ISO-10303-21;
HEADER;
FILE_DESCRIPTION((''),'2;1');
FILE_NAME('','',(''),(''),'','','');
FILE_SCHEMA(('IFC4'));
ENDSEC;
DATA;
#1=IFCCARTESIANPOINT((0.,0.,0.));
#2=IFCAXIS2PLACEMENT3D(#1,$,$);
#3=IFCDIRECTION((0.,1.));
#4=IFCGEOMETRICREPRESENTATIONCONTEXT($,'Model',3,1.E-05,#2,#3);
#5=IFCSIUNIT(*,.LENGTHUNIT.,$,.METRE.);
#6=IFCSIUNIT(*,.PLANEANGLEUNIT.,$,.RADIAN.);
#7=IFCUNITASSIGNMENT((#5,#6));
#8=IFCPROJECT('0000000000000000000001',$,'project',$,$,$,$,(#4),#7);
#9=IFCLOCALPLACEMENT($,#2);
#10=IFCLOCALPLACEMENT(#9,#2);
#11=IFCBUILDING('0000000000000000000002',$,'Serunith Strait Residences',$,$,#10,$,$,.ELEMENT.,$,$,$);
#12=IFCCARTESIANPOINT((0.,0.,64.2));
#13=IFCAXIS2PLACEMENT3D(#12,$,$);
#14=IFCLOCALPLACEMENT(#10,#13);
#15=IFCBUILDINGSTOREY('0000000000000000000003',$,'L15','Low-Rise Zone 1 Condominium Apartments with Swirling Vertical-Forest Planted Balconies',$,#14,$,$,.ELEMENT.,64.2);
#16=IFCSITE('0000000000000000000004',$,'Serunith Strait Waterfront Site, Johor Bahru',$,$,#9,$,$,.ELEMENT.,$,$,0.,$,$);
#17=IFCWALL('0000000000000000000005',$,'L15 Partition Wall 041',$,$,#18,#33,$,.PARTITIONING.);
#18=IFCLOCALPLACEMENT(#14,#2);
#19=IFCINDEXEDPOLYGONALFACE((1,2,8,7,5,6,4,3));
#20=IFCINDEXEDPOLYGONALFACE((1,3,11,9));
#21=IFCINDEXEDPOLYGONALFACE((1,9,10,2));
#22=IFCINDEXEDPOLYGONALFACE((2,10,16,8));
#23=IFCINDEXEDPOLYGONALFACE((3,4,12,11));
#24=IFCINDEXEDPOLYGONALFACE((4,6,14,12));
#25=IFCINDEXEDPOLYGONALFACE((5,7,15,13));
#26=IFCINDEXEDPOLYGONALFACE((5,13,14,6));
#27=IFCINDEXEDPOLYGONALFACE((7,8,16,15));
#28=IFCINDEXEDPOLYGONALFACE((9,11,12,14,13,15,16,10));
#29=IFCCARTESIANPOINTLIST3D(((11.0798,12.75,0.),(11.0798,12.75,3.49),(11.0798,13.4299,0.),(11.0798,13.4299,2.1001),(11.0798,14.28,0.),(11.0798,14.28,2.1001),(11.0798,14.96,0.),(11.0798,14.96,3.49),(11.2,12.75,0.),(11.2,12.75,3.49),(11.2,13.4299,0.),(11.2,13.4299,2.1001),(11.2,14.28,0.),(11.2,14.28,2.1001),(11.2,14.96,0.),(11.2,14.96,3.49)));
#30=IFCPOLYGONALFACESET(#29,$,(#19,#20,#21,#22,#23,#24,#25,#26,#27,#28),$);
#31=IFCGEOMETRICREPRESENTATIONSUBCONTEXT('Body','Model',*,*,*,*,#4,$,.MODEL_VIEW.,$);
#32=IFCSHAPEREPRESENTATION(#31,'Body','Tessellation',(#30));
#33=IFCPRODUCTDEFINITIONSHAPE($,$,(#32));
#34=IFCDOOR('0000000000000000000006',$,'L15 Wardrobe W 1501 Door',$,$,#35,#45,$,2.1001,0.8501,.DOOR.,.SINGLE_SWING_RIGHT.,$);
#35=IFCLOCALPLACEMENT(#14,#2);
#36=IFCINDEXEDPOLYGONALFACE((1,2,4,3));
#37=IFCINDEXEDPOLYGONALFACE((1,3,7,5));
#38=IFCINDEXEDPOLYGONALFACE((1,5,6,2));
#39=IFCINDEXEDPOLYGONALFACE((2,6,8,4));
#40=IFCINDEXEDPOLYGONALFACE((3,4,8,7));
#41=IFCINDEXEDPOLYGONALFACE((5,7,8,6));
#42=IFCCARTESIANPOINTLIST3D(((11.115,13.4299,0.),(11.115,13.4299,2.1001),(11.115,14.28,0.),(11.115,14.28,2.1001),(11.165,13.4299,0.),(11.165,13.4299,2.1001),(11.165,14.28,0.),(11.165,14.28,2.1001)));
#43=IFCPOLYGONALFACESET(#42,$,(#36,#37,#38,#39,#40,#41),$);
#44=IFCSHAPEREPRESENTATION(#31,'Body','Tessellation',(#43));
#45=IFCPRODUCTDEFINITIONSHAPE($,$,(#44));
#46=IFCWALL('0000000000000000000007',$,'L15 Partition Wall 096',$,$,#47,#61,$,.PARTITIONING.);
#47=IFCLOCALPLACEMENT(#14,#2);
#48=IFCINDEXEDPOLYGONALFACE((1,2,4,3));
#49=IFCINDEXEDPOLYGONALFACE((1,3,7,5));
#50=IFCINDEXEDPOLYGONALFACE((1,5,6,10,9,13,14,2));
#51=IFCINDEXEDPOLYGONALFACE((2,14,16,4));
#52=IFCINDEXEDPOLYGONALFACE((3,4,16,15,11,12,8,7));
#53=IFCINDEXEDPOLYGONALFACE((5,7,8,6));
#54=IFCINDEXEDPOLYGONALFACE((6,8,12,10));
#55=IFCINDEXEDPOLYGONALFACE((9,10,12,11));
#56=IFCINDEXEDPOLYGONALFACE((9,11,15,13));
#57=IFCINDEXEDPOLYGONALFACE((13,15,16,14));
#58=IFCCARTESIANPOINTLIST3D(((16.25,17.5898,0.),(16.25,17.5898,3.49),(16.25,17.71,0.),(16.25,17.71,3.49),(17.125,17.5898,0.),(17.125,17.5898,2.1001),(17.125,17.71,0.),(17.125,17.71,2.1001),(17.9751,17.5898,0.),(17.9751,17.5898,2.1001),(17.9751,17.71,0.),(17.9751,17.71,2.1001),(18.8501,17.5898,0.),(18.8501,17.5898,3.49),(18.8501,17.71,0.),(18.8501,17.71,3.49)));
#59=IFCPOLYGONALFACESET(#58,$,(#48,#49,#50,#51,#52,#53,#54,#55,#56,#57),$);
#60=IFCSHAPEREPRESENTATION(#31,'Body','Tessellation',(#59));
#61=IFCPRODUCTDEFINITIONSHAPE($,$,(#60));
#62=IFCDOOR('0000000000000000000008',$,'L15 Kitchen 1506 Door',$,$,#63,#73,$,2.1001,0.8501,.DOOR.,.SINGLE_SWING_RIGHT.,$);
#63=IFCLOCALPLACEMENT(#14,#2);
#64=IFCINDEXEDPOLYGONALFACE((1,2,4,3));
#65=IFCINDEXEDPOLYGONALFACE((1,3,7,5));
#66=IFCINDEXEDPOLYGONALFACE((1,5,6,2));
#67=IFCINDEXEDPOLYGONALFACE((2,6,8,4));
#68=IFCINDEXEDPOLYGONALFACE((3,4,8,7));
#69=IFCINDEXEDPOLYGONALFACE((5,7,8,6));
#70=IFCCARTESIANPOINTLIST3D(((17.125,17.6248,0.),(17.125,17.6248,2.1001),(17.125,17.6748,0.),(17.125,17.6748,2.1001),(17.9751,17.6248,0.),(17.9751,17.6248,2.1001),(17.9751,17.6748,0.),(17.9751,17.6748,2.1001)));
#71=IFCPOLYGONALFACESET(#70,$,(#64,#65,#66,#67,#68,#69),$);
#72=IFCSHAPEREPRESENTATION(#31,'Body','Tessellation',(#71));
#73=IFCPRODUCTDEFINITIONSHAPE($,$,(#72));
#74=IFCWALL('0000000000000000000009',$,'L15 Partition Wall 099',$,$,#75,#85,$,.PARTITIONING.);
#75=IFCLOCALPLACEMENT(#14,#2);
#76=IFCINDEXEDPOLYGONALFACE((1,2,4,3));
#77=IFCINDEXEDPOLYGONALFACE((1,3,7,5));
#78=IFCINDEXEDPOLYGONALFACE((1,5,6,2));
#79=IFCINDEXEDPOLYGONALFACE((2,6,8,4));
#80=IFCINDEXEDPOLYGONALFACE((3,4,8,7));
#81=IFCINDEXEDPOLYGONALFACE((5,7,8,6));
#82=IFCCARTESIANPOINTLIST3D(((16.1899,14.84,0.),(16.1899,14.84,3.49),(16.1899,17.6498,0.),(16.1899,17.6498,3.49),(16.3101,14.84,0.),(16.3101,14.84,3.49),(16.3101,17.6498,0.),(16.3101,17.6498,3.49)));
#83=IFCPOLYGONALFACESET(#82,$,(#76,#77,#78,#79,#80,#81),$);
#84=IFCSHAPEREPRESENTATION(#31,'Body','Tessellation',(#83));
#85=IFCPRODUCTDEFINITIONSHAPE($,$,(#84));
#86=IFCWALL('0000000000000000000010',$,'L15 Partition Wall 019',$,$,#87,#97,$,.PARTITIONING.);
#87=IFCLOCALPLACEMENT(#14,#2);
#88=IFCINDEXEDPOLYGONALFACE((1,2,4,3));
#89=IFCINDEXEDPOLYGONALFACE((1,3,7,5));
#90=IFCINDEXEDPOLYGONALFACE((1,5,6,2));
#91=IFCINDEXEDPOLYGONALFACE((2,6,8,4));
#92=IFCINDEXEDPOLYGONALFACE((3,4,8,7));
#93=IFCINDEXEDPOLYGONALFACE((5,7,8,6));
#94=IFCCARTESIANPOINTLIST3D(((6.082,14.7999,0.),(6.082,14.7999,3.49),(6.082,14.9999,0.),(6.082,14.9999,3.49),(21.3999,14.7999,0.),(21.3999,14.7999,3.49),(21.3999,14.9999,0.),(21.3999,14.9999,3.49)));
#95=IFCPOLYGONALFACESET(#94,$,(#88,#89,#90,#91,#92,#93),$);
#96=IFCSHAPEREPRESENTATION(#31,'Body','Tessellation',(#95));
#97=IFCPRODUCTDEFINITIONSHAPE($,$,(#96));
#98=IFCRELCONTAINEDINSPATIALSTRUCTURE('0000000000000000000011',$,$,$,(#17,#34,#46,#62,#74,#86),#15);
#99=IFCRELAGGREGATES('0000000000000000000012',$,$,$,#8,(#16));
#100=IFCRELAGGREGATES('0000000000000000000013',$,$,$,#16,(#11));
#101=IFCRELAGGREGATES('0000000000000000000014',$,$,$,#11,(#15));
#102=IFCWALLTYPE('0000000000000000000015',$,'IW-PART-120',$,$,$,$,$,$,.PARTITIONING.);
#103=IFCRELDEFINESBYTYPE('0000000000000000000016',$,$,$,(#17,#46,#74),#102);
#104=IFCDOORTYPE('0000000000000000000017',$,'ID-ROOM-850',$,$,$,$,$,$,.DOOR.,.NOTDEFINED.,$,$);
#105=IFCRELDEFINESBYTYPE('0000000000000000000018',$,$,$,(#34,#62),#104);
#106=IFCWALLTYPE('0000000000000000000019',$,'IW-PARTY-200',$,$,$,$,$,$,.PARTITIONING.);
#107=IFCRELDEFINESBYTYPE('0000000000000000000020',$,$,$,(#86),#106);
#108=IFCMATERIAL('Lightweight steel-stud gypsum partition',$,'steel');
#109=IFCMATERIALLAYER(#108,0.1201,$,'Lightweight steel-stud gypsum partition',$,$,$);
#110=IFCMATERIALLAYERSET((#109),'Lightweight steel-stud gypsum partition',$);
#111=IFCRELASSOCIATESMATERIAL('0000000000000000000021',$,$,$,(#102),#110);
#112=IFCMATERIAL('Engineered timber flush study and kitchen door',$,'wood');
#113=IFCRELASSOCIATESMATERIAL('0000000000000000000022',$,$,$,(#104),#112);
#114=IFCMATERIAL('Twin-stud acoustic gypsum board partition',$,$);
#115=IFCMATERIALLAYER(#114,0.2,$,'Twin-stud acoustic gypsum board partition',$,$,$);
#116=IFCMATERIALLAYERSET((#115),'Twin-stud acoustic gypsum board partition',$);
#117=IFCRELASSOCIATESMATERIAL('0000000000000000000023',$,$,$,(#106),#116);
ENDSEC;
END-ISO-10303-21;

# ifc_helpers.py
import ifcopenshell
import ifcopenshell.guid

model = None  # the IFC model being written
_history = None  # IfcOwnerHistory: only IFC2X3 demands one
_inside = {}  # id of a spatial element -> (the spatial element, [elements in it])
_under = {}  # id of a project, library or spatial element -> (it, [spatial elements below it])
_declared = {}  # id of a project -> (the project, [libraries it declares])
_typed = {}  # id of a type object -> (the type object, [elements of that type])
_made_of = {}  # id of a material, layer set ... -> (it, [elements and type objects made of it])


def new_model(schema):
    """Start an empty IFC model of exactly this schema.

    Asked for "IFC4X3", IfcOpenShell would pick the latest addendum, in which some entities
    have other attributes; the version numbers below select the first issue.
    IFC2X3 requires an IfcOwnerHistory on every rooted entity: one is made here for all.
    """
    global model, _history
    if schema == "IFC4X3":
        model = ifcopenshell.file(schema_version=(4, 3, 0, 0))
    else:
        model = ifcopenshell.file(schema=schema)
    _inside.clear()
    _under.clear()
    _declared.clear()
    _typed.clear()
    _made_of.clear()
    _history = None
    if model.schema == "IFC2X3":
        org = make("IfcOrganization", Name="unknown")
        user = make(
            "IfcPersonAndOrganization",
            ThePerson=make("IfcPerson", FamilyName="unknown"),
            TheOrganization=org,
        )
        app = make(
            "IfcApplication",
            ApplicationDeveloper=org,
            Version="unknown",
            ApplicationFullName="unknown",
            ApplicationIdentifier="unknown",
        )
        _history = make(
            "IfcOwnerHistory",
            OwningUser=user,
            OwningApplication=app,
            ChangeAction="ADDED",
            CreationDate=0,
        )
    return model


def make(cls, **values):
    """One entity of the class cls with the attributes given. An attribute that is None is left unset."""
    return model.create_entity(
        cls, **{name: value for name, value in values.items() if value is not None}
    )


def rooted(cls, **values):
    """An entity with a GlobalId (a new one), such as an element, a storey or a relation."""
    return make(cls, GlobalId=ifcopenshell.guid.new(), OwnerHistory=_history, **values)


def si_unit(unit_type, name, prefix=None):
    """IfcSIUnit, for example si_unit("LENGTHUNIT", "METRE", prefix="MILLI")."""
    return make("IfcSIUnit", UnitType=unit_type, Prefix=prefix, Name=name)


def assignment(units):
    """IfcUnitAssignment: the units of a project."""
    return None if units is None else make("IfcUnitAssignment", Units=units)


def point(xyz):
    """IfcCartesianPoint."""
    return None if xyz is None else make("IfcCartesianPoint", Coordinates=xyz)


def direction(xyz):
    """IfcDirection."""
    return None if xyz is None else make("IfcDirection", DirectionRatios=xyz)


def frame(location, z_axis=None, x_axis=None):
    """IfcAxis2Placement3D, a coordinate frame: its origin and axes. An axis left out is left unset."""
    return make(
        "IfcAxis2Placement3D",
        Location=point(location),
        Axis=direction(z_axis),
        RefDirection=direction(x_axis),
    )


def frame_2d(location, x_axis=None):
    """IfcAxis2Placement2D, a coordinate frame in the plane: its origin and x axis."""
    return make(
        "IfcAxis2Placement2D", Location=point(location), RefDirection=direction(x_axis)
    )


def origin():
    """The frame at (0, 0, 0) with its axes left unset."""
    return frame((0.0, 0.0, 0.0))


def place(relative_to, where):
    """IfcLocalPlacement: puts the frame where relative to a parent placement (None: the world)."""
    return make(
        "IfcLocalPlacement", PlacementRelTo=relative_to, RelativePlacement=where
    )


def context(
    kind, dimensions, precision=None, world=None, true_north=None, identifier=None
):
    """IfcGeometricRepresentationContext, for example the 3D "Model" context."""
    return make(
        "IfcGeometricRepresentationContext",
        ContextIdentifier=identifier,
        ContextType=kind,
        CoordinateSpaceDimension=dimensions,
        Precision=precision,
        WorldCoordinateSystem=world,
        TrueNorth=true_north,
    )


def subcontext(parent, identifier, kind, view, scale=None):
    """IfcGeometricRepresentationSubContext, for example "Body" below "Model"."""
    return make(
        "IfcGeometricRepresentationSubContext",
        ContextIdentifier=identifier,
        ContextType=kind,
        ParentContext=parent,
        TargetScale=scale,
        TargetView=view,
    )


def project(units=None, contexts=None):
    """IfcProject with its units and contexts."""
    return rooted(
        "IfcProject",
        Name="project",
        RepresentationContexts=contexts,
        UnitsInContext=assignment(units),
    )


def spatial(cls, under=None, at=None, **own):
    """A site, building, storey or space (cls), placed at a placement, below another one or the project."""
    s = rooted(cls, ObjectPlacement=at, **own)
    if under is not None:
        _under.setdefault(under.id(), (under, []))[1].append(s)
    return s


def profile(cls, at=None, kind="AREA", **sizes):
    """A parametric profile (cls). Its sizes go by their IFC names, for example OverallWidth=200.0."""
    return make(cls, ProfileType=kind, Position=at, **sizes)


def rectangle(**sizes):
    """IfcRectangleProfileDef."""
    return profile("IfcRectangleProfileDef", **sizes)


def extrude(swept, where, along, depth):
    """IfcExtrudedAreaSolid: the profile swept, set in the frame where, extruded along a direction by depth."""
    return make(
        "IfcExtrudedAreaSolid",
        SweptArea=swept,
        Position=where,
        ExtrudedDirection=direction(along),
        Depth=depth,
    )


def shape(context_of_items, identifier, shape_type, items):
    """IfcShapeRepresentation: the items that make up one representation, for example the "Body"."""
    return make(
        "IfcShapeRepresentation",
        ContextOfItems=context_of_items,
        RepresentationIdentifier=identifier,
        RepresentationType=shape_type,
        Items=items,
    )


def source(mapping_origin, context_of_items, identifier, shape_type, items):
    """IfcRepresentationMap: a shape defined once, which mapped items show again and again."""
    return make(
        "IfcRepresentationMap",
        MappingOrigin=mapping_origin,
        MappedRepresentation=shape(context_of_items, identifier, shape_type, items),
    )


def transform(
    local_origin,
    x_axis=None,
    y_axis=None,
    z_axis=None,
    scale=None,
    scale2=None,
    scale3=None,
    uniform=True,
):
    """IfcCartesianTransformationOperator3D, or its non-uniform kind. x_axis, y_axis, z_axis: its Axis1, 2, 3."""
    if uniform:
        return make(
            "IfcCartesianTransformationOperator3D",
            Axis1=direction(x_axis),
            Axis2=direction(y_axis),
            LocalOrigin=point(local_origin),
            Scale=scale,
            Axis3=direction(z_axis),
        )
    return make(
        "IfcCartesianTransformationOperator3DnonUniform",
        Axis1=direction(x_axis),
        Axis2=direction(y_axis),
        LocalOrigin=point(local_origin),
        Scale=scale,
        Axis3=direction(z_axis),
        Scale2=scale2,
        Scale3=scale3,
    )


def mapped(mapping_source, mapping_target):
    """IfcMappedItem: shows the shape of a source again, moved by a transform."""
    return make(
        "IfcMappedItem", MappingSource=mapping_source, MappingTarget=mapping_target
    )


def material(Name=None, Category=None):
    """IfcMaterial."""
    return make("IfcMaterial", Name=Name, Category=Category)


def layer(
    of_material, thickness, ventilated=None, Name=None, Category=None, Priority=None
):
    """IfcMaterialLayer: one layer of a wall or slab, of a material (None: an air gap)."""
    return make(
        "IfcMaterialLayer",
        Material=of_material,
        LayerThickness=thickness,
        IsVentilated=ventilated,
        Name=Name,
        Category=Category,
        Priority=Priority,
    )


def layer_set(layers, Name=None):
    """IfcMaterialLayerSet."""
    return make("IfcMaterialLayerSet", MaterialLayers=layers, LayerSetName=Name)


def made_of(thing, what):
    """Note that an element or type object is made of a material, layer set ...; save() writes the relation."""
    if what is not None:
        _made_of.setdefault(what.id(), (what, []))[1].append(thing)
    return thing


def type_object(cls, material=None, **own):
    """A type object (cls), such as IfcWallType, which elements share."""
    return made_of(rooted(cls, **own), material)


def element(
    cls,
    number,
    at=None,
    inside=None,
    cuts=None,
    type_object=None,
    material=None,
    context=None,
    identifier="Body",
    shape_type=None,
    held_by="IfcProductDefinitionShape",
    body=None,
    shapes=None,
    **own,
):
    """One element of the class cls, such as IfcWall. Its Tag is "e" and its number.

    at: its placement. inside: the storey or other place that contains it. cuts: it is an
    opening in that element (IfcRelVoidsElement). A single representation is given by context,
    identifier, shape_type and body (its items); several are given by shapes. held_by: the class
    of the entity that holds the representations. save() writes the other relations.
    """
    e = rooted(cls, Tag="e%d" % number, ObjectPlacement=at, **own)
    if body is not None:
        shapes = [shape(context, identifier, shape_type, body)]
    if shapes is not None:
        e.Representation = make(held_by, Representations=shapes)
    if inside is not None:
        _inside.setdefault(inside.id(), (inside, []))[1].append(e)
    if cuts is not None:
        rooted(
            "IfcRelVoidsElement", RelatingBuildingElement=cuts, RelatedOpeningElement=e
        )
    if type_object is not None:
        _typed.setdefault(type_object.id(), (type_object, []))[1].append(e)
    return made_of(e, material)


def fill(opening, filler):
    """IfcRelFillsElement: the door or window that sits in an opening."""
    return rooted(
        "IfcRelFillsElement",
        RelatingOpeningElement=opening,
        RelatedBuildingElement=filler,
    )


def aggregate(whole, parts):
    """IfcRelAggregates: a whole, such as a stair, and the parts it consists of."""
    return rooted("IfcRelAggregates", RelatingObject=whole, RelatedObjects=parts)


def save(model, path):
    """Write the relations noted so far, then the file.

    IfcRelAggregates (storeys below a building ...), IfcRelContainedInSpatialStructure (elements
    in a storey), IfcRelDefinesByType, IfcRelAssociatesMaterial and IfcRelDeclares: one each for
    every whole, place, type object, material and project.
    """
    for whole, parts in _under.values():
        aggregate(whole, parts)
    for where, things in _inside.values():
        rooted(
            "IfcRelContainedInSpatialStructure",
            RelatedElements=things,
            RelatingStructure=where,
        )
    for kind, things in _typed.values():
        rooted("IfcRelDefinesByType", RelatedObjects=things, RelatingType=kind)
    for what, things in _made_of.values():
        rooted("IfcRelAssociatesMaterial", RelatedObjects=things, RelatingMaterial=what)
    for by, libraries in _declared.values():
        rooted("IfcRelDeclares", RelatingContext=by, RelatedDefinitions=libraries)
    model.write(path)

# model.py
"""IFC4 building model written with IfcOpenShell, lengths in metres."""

from ifc_helpers import new_model, si_unit, direction, frame, frame_2d, origin, place, context, subcontext, project, spatial, rectangle, extrude, source, transform, mapped, material, layer, layer_set, type_object, element, fill, save


model = new_model("IFC4")

# Units and contexts
model_context = context("Model", 3, precision=1e-05, world=origin(), true_north=direction((0.0, 1.0)))
body_context = subcontext(model_context, "Body", "Model", "MODEL_VIEW")
ifc_project = project(units=[si_unit("LENGTHUNIT", "METRE"), si_unit("PLANEANGLEUNIT", "RADIAN")], contexts=[model_context])

# Site, building, storey
site_placement = place(None, origin())
site = spatial("IfcSite", under=ifc_project, at=site_placement, Name="Serunith Strait Waterfront Site, Johor Bahru", CompositionType="ELEMENT", RefElevation=0.0)
building_placement = place(site_placement, origin())
building = spatial("IfcBuilding", under=site, at=building_placement, Name="Serunith Strait Residences", CompositionType="ELEMENT")
storey_placement = place(building_placement, frame((0.0, 0.0, 64.2)))
storey = spatial("IfcBuildingStorey", under=building, at=storey_placement, Name="L15", Description="Low-Rise Zone 1 Condominium Apartments with Swirling Vertical-Forest Planted Balconies", CompositionType="ELEMENT", Elevation=64.2)

# Shared definitions
ifc_material_1 = material(Name="Lightweight steel-stud gypsum partition", Category="steel")
ifc_layer_1 = layer(ifc_material_1, 0.1201, Name="Lightweight steel-stud gypsum partition")
ifc_layer_set_1 = layer_set([ifc_layer_1], Name="Lightweight steel-stud gypsum partition")
wall_type_1 = type_object("IfcWallType", Name="IW-PART-120", PredefinedType="PARTITIONING", material=ifc_layer_set_1)
shared_shape_1 = source(origin(), body_context, "Body", "SweptSolid", [
    extrude(rectangle(XDim=0.8501, YDim=2.1001, at=frame_2d((0.425, 1.05))), frame((0.0, 0.0249, 0.0), z_axis=(0.0, -1.0, 0.0), x_axis=(1.0, 0.0, 0.0)), (0.0, 0.0, 1.0), 0.05),
])
ifc_material_2 = material(Name="Engineered timber flush study and kitchen door", Category="wood")
door_type_1 = type_object("IfcDoorType", Name="ID-ROOM-850", OperationType="NOTDEFINED", PredefinedType="DOOR", material=ifc_material_2)

# Walls, openings, doors
wall_1_placement = place(storey_placement, frame((11.1399, 12.75, 0.0), z_axis=(0.0, 0.0, 1.0), x_axis=(0.0, 1.0, 0.0)))
wall_1 = element("IfcWall", 1, at=wall_1_placement, inside=storey, type_object=wall_type_1, Name="L15 Partition Wall 041", PredefinedType="PARTITIONING", context=body_context, shape_type="SweptSolid", body=[
    extrude(rectangle(XDim=2.21, YDim=0.1201, at=frame_2d((1.105, 0.0))), origin(), (0.0, 0.0, 1.0), 3.49),
])
opening_1_placement = place(wall_1_placement, frame((0.6799, 0.0, 0.0)))
opening_1 = element("IfcOpeningElement", 2, at=opening_1_placement, cuts=wall_1, PredefinedType="OPENING", context=body_context, shape_type="SweptSolid", body=[
    extrude(rectangle(XDim=0.8501, YDim=2.1001, at=frame_2d((0.425, 1.05))), frame((0.0, 0.0701, 0.0), z_axis=(0.0, -1.0, 0.0), x_axis=(1.0, 0.0, 0.0)), (0.0, 0.0, 1.0), 0.1401),
])
door_1_placement = place(opening_1_placement, origin())
door_1 = element("IfcDoor", 3, at=door_1_placement, inside=storey, type_object=door_type_1, Name="L15 Wardrobe W 1501 Door", OperationType="SINGLE_SWING_RIGHT", OverallHeight=2.1001, OverallWidth=0.8501, PredefinedType="DOOR", context=body_context, shape_type="MappedRepresentation", body=[
    mapped(shared_shape_1, transform((0.0, 0.0, 0.0), scale=1.0)),
])
fill(opening_1, door_1)
wall_2_placement = place(storey_placement, frame((16.25, 17.6499, 0.0), z_axis=(0.0, 0.0, 1.0), x_axis=(1.0, 0.0, 0.0)))
wall_2 = element("IfcWall", 4, at=wall_2_placement, inside=storey, type_object=wall_type_1, Name="L15 Partition Wall 096", PredefinedType="PARTITIONING", context=body_context, shape_type="SweptSolid", body=[
    extrude(rectangle(XDim=2.6001, YDim=0.1201, at=frame_2d((1.3, 0.0))), origin(), (0.0, 0.0, 1.0), 3.49),
])
opening_2_placement = place(wall_2_placement, frame((0.875, 0.0, 0.0)))
opening_2 = element("IfcOpeningElement", 5, at=opening_2_placement, cuts=wall_2, PredefinedType="OPENING", context=body_context, shape_type="SweptSolid", body=[
    extrude(rectangle(XDim=0.8501, YDim=2.1001, at=frame_2d((0.425, 1.05))), frame((0.0, 0.0701, 0.0), z_axis=(0.0, -1.0, 0.0), x_axis=(1.0, 0.0, 0.0)), (0.0, 0.0, 1.0), 0.1401),
])
door_2_placement = place(opening_2_placement, origin())
door_2 = element("IfcDoor", 6, at=door_2_placement, inside=storey, type_object=door_type_1, Name="L15 Kitchen 1506 Door", OperationType="SINGLE_SWING_RIGHT", OverallHeight=2.1001, OverallWidth=0.8501, PredefinedType="DOOR", context=body_context, shape_type="MappedRepresentation", body=[
    mapped(shared_shape_1, transform((0.0, 0.0, 0.0), scale=1.0)),
])
fill(opening_2, door_2)

# Walls
wall_3_placement = place(storey_placement, frame((16.25, 14.8401, 0.0), z_axis=(0.0, 0.0, 1.0), x_axis=(0.0, 1.0, 0.0)))
element("IfcWall", 7, at=wall_3_placement, inside=storey, type_object=wall_type_1, Name="L15 Partition Wall 099", PredefinedType="PARTITIONING", context=body_context, shape_type="SweptSolid", body=[
    extrude(rectangle(XDim=2.8098, YDim=0.1201, at=frame_2d((1.4048, 0.0))), origin(), (0.0, 0.0, 1.0), 3.49),
])
ifc_material_3 = material(Name="Twin-stud acoustic gypsum board partition")
ifc_layer_2 = layer(ifc_material_3, 0.2, Name="Twin-stud acoustic gypsum board partition")
ifc_layer_set_2 = layer_set([ifc_layer_2], Name="Twin-stud acoustic gypsum board partition")
wall_type_2 = type_object("IfcWallType", Name="IW-PARTY-200", PredefinedType="PARTITIONING", material=ifc_layer_set_2)
wall_4_placement = place(storey_placement, frame((6.082, 14.8999, 0.0), z_axis=(0.0, 0.0, 1.0), x_axis=(1.0, 0.0, 0.0)))
element("IfcWall", 8, at=wall_4_placement, inside=storey, type_object=wall_type_2, Name="L15 Partition Wall 019", PredefinedType="PARTITIONING", context=body_context, shape_type="SweptSolid", body=[
    extrude(rectangle(XDim=15.3179, YDim=0.2, at=frame_2d((7.6589, 0.0))), origin(), (0.0, 0.0, 1.0), 3.49),
])

save(model, "model.ifc")
